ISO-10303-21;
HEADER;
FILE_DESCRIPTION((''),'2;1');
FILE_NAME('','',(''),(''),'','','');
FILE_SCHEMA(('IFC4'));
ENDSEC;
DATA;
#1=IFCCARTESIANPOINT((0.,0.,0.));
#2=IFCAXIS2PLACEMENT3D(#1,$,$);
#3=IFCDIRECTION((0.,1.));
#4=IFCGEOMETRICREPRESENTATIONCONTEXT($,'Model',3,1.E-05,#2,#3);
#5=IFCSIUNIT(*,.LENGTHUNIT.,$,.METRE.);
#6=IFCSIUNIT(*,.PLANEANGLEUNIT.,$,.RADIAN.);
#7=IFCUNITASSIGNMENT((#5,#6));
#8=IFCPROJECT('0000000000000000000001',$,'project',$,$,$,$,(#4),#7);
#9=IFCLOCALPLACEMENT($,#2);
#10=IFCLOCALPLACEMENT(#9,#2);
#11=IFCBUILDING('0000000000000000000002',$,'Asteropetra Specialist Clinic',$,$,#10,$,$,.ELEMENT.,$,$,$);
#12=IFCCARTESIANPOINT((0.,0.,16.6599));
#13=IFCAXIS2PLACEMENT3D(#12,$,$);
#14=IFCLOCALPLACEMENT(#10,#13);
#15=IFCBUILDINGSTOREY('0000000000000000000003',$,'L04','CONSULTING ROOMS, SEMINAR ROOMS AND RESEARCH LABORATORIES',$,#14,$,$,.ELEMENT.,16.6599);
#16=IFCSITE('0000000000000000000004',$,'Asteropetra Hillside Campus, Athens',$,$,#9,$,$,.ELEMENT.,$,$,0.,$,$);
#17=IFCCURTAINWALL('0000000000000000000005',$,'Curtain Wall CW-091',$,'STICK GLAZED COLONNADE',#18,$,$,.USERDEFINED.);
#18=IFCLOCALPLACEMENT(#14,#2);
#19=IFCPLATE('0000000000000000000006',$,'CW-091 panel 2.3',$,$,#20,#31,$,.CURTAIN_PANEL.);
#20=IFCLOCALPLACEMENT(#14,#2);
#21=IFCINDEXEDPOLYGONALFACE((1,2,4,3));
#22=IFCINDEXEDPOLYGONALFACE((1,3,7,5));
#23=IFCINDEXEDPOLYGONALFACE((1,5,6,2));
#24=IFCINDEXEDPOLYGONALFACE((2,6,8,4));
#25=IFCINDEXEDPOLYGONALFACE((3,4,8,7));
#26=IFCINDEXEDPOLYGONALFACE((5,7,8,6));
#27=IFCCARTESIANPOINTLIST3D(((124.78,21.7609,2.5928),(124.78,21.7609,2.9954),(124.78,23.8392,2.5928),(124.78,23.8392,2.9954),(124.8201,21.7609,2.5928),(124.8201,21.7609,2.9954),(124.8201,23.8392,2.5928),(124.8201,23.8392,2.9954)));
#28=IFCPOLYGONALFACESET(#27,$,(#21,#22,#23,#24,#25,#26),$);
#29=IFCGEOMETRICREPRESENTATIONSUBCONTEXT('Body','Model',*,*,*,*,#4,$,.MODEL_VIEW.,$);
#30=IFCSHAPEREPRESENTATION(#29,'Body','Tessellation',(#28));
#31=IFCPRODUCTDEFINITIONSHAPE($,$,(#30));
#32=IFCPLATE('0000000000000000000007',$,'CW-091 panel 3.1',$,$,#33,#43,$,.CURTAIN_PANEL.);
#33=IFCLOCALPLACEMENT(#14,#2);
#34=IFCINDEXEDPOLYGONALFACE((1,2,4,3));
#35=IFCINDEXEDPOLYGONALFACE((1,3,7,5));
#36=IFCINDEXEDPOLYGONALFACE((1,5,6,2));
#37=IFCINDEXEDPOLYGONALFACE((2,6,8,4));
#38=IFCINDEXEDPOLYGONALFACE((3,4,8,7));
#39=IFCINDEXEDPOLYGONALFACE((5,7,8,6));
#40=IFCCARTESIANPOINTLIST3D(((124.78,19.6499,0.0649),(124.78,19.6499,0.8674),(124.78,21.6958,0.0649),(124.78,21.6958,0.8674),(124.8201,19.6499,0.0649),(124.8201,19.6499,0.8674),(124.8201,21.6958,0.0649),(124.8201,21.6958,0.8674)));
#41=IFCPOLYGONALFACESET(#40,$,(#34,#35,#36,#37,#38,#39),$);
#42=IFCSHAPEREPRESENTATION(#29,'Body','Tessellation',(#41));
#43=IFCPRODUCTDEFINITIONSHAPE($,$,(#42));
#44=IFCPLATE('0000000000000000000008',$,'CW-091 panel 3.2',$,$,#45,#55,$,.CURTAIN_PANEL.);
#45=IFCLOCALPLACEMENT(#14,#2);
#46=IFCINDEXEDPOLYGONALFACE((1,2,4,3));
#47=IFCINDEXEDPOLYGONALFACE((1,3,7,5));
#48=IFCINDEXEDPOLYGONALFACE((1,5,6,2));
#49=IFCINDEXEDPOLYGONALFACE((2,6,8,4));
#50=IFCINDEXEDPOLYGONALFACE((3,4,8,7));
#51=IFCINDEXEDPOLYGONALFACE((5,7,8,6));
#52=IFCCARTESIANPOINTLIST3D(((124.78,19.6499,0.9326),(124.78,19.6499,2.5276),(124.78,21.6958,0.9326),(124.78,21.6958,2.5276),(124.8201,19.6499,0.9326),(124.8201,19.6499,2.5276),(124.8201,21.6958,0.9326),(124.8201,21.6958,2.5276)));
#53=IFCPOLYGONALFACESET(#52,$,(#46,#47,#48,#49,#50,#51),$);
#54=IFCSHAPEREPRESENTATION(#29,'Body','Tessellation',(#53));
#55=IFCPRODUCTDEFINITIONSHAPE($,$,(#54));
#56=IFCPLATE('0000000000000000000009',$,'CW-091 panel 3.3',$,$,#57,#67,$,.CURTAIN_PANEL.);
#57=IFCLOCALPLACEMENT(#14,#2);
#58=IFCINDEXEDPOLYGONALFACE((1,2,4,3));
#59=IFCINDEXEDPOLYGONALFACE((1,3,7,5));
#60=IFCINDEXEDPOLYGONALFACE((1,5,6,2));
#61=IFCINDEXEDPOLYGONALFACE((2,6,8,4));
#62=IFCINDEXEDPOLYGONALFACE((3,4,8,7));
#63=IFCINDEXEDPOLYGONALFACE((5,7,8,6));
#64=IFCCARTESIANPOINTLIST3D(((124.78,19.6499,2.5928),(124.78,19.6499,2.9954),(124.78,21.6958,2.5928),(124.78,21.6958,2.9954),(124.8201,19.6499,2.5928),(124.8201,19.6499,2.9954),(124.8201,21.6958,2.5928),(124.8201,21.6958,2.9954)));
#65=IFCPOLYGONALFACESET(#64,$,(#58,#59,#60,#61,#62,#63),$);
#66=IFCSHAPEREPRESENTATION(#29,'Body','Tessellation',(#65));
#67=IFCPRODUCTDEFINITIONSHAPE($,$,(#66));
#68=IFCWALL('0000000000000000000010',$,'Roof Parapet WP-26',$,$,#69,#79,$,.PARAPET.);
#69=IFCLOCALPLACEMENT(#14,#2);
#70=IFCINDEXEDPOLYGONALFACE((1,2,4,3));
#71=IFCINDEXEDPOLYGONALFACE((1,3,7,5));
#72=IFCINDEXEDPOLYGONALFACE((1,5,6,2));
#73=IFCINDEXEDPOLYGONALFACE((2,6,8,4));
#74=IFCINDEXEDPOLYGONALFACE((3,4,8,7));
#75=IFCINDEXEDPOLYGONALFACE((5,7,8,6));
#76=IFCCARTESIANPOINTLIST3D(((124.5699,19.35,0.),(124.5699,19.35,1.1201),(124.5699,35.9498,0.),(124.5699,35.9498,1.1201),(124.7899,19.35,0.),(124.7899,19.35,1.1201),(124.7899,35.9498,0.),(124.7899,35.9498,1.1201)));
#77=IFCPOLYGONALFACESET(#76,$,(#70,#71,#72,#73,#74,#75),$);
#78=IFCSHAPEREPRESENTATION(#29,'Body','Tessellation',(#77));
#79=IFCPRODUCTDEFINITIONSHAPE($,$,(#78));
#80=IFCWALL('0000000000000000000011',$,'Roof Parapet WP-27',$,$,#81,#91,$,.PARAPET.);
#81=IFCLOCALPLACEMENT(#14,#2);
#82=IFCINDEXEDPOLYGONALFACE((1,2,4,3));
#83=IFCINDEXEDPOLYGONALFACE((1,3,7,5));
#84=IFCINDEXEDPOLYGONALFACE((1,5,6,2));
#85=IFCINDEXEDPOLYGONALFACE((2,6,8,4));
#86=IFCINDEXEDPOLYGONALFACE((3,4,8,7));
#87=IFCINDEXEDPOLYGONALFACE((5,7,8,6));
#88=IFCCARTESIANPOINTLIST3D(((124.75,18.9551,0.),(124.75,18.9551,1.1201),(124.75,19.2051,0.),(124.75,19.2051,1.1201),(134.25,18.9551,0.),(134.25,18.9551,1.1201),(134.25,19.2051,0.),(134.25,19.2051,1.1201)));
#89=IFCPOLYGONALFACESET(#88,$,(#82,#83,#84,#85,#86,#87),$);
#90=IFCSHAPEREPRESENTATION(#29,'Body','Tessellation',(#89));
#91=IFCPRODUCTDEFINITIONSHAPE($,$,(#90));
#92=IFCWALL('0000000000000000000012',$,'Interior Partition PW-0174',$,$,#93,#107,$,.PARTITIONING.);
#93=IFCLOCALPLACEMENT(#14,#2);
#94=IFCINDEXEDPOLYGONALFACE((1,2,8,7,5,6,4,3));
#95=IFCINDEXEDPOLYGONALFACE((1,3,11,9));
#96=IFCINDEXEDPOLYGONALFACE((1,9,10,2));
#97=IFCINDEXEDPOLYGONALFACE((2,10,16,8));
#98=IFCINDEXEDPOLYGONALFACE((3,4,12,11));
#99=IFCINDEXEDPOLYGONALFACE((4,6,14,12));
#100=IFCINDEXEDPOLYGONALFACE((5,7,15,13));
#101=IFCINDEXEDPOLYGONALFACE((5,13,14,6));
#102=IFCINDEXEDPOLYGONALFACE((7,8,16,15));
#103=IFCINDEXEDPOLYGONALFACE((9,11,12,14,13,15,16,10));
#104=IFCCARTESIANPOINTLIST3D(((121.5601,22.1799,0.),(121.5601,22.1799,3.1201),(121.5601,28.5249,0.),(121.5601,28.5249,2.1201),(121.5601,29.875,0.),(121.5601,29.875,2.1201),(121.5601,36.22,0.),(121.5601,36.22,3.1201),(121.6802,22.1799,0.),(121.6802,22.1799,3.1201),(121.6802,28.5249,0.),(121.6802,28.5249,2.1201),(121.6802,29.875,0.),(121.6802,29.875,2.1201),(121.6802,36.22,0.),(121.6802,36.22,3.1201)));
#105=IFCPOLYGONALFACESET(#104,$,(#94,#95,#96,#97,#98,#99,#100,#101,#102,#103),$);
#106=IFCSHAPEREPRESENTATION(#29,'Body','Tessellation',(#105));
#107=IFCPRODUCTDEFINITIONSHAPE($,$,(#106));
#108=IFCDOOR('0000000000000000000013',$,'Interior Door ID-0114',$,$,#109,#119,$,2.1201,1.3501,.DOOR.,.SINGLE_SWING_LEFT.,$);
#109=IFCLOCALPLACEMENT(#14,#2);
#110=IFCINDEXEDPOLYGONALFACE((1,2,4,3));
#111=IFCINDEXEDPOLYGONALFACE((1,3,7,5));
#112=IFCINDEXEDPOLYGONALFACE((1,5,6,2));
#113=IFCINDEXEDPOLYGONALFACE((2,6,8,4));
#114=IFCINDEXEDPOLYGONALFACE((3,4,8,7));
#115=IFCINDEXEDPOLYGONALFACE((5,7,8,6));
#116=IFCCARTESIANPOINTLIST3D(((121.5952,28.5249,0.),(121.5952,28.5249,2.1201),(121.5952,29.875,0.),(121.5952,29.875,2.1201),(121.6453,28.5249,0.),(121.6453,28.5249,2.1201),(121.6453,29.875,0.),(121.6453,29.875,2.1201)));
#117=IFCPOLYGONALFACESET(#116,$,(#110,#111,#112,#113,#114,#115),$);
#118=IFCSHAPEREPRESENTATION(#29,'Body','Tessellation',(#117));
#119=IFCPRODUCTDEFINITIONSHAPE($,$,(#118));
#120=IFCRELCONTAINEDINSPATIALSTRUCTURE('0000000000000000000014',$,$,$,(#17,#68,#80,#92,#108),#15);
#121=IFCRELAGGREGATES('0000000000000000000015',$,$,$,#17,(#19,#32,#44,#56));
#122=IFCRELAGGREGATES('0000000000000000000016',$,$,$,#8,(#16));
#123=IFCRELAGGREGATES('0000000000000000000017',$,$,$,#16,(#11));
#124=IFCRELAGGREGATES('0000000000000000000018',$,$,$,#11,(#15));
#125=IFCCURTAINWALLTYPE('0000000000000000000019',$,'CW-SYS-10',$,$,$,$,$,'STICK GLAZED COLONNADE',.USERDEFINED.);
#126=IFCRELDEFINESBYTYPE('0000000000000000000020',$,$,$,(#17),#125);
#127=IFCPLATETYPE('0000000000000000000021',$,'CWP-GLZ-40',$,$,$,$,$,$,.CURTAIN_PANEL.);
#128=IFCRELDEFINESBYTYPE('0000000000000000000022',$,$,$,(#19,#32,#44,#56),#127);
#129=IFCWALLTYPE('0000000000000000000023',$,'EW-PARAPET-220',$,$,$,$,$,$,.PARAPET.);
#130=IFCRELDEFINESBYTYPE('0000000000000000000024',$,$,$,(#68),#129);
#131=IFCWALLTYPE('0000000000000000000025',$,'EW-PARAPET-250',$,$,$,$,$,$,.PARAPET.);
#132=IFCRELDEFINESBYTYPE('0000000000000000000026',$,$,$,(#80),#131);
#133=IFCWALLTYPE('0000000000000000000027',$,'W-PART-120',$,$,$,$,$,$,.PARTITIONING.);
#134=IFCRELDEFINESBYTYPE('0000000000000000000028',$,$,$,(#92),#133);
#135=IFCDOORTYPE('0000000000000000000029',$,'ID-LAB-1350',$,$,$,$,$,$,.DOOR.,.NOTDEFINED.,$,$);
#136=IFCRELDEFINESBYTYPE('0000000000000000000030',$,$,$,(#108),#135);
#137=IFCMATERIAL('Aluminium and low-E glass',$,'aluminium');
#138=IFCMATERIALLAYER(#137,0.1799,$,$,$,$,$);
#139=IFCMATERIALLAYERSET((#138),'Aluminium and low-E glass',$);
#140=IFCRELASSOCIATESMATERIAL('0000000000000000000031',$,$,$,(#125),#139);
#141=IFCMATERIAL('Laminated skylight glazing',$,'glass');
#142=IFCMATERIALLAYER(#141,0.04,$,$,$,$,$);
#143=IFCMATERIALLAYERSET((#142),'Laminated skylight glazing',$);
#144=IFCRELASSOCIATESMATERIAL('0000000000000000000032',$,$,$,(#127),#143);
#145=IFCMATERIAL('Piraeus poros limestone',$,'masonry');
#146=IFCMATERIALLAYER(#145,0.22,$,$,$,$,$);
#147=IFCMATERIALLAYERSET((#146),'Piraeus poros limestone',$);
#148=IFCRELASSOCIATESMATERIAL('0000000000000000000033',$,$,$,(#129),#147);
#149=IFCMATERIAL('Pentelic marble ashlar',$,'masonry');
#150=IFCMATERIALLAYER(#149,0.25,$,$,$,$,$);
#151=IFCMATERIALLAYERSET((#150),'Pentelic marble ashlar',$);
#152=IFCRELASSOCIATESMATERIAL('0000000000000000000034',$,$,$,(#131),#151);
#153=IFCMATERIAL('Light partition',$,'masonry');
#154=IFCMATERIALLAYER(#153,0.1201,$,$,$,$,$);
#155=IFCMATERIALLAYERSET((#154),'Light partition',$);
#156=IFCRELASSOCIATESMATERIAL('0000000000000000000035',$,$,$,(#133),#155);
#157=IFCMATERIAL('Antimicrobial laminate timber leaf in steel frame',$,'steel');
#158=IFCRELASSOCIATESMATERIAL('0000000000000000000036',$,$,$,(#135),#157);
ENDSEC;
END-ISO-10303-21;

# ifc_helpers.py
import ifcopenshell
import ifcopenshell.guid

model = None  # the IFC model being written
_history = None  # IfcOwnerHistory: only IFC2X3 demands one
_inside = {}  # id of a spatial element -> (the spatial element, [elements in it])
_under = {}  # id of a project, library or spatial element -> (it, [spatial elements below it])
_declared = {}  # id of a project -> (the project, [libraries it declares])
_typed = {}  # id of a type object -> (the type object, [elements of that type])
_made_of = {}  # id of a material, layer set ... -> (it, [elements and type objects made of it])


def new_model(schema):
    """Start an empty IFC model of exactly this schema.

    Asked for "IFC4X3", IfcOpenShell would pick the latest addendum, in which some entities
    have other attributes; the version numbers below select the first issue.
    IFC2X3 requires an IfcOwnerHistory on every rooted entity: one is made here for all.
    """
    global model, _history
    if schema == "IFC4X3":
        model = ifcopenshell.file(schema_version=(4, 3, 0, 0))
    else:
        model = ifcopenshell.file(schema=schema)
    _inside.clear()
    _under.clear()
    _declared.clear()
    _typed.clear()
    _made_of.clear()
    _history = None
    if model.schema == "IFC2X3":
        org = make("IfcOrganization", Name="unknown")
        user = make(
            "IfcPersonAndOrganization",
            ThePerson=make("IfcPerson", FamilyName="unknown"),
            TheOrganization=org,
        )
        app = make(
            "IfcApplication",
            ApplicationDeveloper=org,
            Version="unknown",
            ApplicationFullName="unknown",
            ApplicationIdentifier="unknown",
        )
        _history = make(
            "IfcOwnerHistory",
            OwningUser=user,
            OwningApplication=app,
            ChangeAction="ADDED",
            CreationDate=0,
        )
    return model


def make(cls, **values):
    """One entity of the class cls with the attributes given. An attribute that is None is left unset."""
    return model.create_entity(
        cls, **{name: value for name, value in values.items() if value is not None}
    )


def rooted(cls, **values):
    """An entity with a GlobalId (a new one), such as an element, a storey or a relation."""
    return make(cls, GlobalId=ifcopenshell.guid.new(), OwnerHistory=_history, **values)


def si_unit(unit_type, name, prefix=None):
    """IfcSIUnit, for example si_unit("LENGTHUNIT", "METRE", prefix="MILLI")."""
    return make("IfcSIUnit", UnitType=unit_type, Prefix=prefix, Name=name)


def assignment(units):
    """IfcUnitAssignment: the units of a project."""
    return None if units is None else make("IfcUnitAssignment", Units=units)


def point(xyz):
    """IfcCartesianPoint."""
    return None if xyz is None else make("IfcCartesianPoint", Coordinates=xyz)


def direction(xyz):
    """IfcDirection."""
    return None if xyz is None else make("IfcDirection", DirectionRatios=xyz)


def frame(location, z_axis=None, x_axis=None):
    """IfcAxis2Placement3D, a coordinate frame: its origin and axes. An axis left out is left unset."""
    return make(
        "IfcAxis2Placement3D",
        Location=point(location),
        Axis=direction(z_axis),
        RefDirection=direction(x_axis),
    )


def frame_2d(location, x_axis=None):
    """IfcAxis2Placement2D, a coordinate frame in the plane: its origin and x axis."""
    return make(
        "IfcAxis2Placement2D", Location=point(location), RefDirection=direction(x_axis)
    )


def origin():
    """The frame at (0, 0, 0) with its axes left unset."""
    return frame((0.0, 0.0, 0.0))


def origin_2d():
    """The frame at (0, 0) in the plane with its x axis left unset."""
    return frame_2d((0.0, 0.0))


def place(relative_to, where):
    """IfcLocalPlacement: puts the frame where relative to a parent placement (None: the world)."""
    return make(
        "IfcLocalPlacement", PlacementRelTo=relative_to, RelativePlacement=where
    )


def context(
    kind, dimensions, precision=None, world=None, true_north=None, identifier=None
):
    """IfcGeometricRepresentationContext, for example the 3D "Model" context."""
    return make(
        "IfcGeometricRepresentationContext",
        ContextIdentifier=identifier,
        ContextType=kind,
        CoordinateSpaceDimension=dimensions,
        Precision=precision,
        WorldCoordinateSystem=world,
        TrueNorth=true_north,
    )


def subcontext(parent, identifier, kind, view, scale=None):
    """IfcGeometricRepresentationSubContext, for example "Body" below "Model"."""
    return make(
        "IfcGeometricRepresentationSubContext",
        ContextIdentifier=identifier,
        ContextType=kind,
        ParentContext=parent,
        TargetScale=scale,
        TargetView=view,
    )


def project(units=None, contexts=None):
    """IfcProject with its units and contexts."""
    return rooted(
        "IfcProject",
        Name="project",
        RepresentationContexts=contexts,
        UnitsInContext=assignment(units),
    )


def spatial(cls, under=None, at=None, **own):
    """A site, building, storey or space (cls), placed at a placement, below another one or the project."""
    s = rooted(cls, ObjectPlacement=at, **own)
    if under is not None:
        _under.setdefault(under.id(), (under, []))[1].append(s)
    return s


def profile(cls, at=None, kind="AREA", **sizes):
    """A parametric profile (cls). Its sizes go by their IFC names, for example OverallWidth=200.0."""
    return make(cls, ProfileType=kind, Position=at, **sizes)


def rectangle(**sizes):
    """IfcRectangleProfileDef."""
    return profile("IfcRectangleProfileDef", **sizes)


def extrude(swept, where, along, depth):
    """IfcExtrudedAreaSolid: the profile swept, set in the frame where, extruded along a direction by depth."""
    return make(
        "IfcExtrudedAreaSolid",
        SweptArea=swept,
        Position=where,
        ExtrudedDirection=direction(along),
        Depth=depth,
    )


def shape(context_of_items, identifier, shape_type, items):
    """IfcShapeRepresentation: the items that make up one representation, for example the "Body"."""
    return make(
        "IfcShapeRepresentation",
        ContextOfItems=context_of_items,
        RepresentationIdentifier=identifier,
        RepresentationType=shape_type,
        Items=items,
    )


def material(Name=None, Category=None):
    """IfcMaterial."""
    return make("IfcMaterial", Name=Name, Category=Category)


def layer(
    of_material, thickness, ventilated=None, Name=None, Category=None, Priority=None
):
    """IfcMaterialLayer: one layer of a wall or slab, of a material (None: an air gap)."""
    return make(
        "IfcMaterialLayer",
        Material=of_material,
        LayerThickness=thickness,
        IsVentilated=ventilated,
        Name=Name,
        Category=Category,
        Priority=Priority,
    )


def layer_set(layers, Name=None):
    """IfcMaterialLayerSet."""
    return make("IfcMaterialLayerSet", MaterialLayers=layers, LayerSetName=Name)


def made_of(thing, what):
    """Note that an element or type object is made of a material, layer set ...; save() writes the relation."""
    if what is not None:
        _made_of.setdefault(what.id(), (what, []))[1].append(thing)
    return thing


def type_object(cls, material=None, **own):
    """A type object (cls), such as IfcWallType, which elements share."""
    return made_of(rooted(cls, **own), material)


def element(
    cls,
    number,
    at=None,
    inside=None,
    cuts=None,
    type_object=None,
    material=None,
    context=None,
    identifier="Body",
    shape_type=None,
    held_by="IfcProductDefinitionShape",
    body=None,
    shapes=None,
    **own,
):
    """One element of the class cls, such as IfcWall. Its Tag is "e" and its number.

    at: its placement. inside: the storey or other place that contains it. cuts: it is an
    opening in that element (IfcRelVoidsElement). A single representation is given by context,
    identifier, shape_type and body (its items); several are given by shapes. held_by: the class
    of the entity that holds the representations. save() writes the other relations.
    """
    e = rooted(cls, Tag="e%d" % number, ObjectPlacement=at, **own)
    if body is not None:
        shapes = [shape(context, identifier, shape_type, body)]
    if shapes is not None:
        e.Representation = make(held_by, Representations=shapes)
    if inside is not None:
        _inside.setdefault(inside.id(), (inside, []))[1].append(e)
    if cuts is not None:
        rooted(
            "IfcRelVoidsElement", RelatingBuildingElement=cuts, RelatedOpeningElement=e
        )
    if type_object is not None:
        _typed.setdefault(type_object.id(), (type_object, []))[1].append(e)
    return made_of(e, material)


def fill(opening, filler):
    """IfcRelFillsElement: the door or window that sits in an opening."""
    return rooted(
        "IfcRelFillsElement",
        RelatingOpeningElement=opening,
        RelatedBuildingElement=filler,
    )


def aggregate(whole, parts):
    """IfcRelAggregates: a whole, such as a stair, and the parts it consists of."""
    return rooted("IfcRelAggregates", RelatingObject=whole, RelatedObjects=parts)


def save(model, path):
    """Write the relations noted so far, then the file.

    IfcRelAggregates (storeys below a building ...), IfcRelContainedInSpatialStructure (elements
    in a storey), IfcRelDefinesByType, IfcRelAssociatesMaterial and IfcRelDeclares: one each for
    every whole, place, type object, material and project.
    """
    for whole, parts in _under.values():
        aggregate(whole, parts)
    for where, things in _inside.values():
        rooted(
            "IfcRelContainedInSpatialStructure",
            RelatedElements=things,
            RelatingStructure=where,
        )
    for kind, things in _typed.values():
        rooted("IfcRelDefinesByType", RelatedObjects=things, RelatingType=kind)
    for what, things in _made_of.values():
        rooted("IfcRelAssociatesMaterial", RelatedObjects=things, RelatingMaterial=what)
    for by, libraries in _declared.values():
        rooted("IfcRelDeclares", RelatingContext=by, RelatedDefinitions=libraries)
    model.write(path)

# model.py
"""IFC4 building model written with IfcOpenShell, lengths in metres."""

from ifc_helpers import new_model, si_unit, direction, frame, frame_2d, origin, origin_2d, place, context, subcontext, project, spatial, rectangle, extrude, material, layer, layer_set, type_object, element, fill, aggregate, save


model = new_model("IFC4")

# Units and contexts
model_context = context("Model", 3, precision=1e-05, world=origin(), true_north=direction((0.0, 1.0)))
body_context = subcontext(model_context, "Body", "Model", "MODEL_VIEW")
ifc_project = project(units=[si_unit("LENGTHUNIT", "METRE"), si_unit("PLANEANGLEUNIT", "RADIAN")], contexts=[model_context])

# Site, building, storey
site_placement = place(None, origin())
site = spatial("IfcSite", under=ifc_project, at=site_placement, Name="Asteropetra Hillside Campus, Athens", CompositionType="ELEMENT", RefElevation=0.0)
building_placement = place(site_placement, origin())
building = spatial("IfcBuilding", under=site, at=building_placement, Name="Asteropetra Specialist Clinic", CompositionType="ELEMENT")
storey_placement = place(building_placement, frame((0.0, 0.0, 16.6599)))
storey = spatial("IfcBuildingStorey", under=building, at=storey_placement, Name="L04", Description="CONSULTING ROOMS, SEMINAR ROOMS AND RESEARCH LABORATORIES", CompositionType="ELEMENT", Elevation=16.6599)

# Curtain wall
ifc_material_1 = material(Name="Aluminium and low-E glass", Category="aluminium")
ifc_layer_1 = layer(ifc_material_1, 0.1799)
ifc_layer_set_1 = layer_set([ifc_layer_1], Name="Aluminium and low-E glass")
curtain_wall_type_1 = type_object("IfcCurtainWallType", Name="CW-SYS-10", ElementType="STICK GLAZED COLONNADE", PredefinedType="USERDEFINED", material=ifc_layer_set_1)
curtain_wall_1_placement = place(storey_placement, origin())
curtain_wall_1 = element("IfcCurtainWall", 1, at=curtain_wall_1_placement, inside=storey, type_object=curtain_wall_type_1, Name="Curtain Wall CW-091", ObjectType="STICK GLAZED COLONNADE", PredefinedType="USERDEFINED")

# Plates
ifc_material_2 = material(Name="Laminated skylight glazing", Category="glass")
ifc_layer_2 = layer(ifc_material_2, 0.04)
ifc_layer_set_2 = layer_set([ifc_layer_2], Name="Laminated skylight glazing")
plate_type = type_object("IfcPlateType", Name="CWP-GLZ-40", PredefinedType="CURTAIN_PANEL", material=ifc_layer_set_2)
plate_1_placement = place(storey_placement, frame((124.8, 22.8, 2.5928), z_axis=(0.0, 0.0, 1.0), x_axis=(0.0, -1.0, 0.0)))
plate_1 = element("IfcPlate", 2, at=plate_1_placement, type_object=plate_type, Name="CW-091 panel 2.3", PredefinedType="CURTAIN_PANEL", context=body_context, shape_type="SweptSolid", body=[
    extrude(rectangle(XDim=2.0784, YDim=0.04, at=origin_2d()), origin(), (0.0, 0.0, 1.0), 0.4026),
])
plate_2_placement = place(storey_placement, frame((124.8, 20.6729, 0.0649), z_axis=(0.0, 0.0, 1.0), x_axis=(0.0, -1.0, 0.0)))
plate_2 = element("IfcPlate", 3, at=plate_2_placement, type_object=plate_type, Name="CW-091 panel 3.1", PredefinedType="CURTAIN_PANEL", context=body_context, shape_type="SweptSolid", body=[
    extrude(rectangle(XDim=2.0459, YDim=0.04, at=origin_2d()), origin(), (0.0, 0.0, 1.0), 0.8025),
])
plate_3_placement = place(storey_placement, frame((124.8, 20.6729, 0.9326), z_axis=(0.0, 0.0, 1.0), x_axis=(0.0, -1.0, 0.0)))
plate_3 = element("IfcPlate", 4, at=plate_3_placement, type_object=plate_type, Name="CW-091 panel 3.2", PredefinedType="CURTAIN_PANEL", context=body_context, shape_type="SweptSolid", body=[
    extrude(rectangle(XDim=2.0459, YDim=0.04, at=origin_2d()), origin(), (0.0, 0.0, 1.0), 1.595),
])
plate_4_placement = place(storey_placement, frame((124.8, 20.6729, 2.5928), z_axis=(0.0, 0.0, 1.0), x_axis=(0.0, -1.0, 0.0)))
plate_4 = element("IfcPlate", 5, at=plate_4_placement, type_object=plate_type, Name="CW-091 panel 3.3", PredefinedType="CURTAIN_PANEL", context=body_context, shape_type="SweptSolid", body=[
    extrude(rectangle(XDim=2.0459, YDim=0.04, at=origin_2d()), origin(), (0.0, 0.0, 1.0), 0.4026),
])
aggregate(curtain_wall_1, [plate_1, plate_2, plate_3, plate_4])

# Walls
ifc_material_3 = material(Name="Piraeus poros limestone", Category="masonry")
ifc_layer_3 = layer(ifc_material_3, 0.22)
ifc_layer_set_3 = layer_set([ifc_layer_3], Name="Piraeus poros limestone")
wall_type_1 = type_object("IfcWallType", Name="EW-PARAPET-220", PredefinedType="PARAPET", material=ifc_layer_set_3)
wall_1_placement = place(storey_placement, frame((124.6799, 19.3501, 0.0), z_axis=(0.0, 0.0, 1.0), x_axis=(0.0, 1.0, 0.0)))
element("IfcWall", 6, at=wall_1_placement, inside=storey, type_object=wall_type_1, Name="Roof Parapet WP-26", PredefinedType="PARAPET", context=body_context, shape_type="SweptSolid", body=[
    extrude(rectangle(XDim=16.5999, YDim=0.22, at=frame_2d((8.2998, 0.0))), origin(), (0.0, 0.0, 1.0), 1.1201),
])
ifc_material_4 = material(Name="Pentelic marble ashlar", Category="masonry")
ifc_layer_4 = layer(ifc_material_4, 0.25)
ifc_layer_set_4 = layer_set([ifc_layer_4], Name="Pentelic marble ashlar")
wall_type_2 = type_object("IfcWallType", Name="EW-PARAPET-250", PredefinedType="PARAPET", material=ifc_layer_set_4)
wall_2_placement = place(storey_placement, frame((124.75, 19.0801, 0.0), z_axis=(0.0, 0.0, 1.0), x_axis=(1.0, 0.0, 0.0)))
element("IfcWall", 7, at=wall_2_placement, inside=storey, type_object=wall_type_2, Name="Roof Parapet WP-27", PredefinedType="PARAPET", context=body_context, shape_type="SweptSolid", body=[
    extrude(rectangle(XDim=9.5, YDim=0.25, at=frame_2d((4.75, 0.0))), origin(), (0.0, 0.0, 1.0), 1.1201),
])

# Wall, opening, door
ifc_material_5 = material(Name="Light partition", Category="masonry")
ifc_layer_5 = layer(ifc_material_5, 0.1201)
ifc_layer_set_5 = layer_set([ifc_layer_5], Name="Light partition")
wall_type_3 = type_object("IfcWallType", Name="W-PART-120", PredefinedType="PARTITIONING", material=ifc_layer_set_5)
wall_3_placement = place(storey_placement, frame((121.6201, 22.1799, 0.0), z_axis=(0.0, 0.0, 1.0), x_axis=(0.0, 1.0, 0.0)))
wall_3 = element("IfcWall", 8, at=wall_3_placement, inside=storey, type_object=wall_type_3, Name="Interior Partition PW-0174", PredefinedType="PARTITIONING", context=body_context, shape_type="SweptSolid", body=[
    extrude(rectangle(XDim=14.04, YDim=0.1201, at=frame_2d((7.02, 0.0))), origin(), (0.0, 0.0, 1.0), 3.1201),
])
opening_placement = place(wall_3_placement, frame((6.345, 0.0, 0.0)))
opening = element("IfcOpeningElement", 9, at=opening_placement, cuts=wall_3, PredefinedType="OPENING", context=body_context, shape_type="SweptSolid", body=[
    extrude(rectangle(XDim=1.3501, YDim=2.1201, at=frame_2d((0.675, 1.0601))), frame((0.0, 0.0701, 0.0), z_axis=(0.0, -1.0, 0.0), x_axis=(1.0, 0.0, 0.0)), (0.0, 0.0, 1.0), 0.1401),
])
ifc_material_6 = material(Name="Antimicrobial laminate timber leaf in steel frame", Category="steel")
door_type = type_object("IfcDoorType", Name="ID-LAB-1350", OperationType="NOTDEFINED", PredefinedType="DOOR", material=ifc_material_6)
door_placement = place(opening_placement, origin())
door = element("IfcDoor", 10, at=door_placement, inside=storey, type_object=door_type, Name="Interior Door ID-0114", OperationType="SINGLE_SWING_LEFT", OverallHeight=2.1201, OverallWidth=1.3501, PredefinedType="DOOR", context=body_context, shape_type="SweptSolid", body=[
    extrude(rectangle(XDim=1.3501, YDim=2.1201, at=frame_2d((0.675, 1.0601))), frame((0.0, 0.0249, 0.0), z_axis=(0.0, -1.0, 0.0), x_axis=(1.0, 0.0, 0.0)), (0.0, 0.0, 1.0), 0.05),
])
fill(opening, door)

save(model, "model.ifc")
